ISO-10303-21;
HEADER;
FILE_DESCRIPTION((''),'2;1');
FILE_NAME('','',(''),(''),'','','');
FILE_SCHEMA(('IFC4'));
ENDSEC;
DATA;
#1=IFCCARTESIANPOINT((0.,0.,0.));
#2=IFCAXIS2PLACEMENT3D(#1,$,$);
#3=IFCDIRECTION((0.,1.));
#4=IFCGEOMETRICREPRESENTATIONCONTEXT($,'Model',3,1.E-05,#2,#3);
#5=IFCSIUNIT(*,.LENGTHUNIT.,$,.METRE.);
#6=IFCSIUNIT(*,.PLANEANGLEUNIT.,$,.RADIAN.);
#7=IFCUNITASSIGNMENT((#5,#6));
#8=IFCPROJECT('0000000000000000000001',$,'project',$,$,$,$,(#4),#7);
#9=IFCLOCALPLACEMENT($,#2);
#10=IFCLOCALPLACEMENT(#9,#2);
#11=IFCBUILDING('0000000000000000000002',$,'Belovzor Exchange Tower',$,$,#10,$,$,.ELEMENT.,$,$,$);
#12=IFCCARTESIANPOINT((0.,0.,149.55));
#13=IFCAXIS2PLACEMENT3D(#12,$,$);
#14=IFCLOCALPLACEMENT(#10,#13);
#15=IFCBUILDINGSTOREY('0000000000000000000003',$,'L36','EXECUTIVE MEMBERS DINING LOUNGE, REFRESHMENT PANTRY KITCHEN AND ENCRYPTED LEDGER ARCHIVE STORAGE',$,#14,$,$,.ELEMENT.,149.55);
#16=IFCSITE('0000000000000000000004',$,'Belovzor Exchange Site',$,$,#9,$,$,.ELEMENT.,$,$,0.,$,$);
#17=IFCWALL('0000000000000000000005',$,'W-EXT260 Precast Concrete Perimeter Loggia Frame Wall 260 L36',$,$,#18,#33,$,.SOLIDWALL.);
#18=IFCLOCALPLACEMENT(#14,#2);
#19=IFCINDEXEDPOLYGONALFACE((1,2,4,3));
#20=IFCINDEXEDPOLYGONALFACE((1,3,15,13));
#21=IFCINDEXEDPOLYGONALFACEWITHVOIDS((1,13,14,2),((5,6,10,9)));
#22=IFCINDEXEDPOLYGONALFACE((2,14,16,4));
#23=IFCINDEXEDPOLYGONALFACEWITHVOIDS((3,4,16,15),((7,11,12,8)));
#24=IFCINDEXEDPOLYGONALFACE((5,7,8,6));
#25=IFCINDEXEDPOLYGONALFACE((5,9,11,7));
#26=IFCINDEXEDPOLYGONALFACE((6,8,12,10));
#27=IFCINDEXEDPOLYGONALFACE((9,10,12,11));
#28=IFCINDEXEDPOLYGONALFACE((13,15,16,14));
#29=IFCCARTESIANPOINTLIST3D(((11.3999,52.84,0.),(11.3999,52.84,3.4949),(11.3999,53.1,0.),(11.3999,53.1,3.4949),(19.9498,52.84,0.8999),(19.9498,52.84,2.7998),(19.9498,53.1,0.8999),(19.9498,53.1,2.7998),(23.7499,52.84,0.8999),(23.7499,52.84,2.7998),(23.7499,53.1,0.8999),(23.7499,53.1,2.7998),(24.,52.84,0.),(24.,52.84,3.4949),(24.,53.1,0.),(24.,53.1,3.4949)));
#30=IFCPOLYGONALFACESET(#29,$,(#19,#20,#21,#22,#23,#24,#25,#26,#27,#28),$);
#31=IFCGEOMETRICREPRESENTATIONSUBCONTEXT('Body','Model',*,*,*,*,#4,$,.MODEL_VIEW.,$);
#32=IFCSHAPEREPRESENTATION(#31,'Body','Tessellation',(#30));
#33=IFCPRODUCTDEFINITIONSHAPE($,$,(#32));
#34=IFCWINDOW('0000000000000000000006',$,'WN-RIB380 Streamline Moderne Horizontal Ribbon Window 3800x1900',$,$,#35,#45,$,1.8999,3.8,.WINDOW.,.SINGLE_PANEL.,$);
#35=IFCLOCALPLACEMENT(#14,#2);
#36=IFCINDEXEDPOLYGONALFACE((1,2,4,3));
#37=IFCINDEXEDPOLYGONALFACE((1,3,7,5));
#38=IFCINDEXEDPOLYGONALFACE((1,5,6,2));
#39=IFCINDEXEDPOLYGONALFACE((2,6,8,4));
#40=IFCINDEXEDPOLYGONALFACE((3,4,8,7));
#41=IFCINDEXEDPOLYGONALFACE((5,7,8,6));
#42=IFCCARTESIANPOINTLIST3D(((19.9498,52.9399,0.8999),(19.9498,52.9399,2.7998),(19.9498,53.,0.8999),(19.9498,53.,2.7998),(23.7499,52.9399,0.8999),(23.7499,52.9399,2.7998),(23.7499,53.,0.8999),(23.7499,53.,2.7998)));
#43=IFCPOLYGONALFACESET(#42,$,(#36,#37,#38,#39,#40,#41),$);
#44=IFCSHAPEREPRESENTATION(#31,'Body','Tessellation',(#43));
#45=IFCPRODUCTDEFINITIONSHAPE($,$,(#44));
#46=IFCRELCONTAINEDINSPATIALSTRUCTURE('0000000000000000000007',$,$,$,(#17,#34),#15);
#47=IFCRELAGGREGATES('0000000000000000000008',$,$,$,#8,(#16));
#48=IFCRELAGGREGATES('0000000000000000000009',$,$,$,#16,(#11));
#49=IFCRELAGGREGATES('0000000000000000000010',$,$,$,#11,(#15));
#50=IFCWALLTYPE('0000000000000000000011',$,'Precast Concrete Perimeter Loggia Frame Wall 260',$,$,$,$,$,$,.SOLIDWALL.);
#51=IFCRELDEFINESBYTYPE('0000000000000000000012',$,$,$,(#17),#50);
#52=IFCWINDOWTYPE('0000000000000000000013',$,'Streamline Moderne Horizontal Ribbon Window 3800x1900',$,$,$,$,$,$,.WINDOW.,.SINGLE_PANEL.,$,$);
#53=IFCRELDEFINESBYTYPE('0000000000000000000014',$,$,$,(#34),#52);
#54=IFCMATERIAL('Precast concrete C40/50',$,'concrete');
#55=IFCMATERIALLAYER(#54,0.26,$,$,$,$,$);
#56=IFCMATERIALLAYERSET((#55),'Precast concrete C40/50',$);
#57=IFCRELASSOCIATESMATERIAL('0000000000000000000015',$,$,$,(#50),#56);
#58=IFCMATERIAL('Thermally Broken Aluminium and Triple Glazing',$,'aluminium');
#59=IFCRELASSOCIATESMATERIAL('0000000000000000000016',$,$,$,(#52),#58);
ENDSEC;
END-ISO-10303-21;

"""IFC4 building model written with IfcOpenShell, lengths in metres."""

from ifc_helpers import new_model, si_unit, direction, frame, frame_2d, origin, place, context, subcontext, project, spatial, rectangle, extrude, material, layer, layer_set, type_object, element, fill, save


model = new_model("IFC4")

# Units and contexts
model_context = context("Model", 3, precision=1e-05, world=origin(), true_north=direction((0.0, 1.0)))
body_context = subcontext(model_context, "Body", "Model", "MODEL_VIEW")
ifc_project = project(units=[si_unit("LENGTHUNIT", "METRE"), si_unit("PLANEANGLEUNIT", "RADIAN")], contexts=[model_context])

# Site, building, storey
site_placement = place(None, origin())
site = spatial("IfcSite", under=ifc_project, at=site_placement, Name="Belovzor Exchange Site", CompositionType="ELEMENT", RefElevation=0.0)
building_placement = place(site_placement, origin())
building = spatial("IfcBuilding", under=site, at=building_placement, Name="Belovzor Exchange Tower", CompositionType="ELEMENT")
storey_placement = place(building_placement, frame((0.0, 0.0, 149.55)))
storey = spatial("IfcBuildingStorey", under=building, at=storey_placement, Name="L36", Description="EXECUTIVE MEMBERS DINING LOUNGE, REFRESHMENT PANTRY KITCHEN AND ENCRYPTED LEDGER ARCHIVE STORAGE", CompositionType="ELEMENT", Elevation=149.55)

# Wall, opening, window
ifc_material_1 = material(Name="Precast concrete C40/50", Category="concrete")
ifc_layer_1 = layer(ifc_material_1, 0.26)
ifc_layer_set_1 = layer_set([ifc_layer_1], Name="Precast concrete C40/50")
wall_type_1 = type_object("IfcWallType", Name="Precast Concrete Perimeter Loggia Frame Wall 260", PredefinedType="SOLIDWALL", material=ifc_layer_set_1)
wall_1_placement = place(storey_placement, frame((11.3999, 52.97, 0.0), z_axis=(0.0, 0.0, 1.0), x_axis=(1.0, 0.0, 0.0)))
wall_1 = element("IfcWall", 1, at=wall_1_placement, inside=storey, type_object=wall_type_1, Name="W-EXT260 Precast Concrete Perimeter Loggia Frame Wall 260 L36", PredefinedType="SOLIDWALL", context=body_context, shape_type="SweptSolid", body=[
    extrude(rectangle(XDim=12.6001, YDim=0.26, at=frame_2d((6.3, 0.0))), origin(), (0.0, 0.0, 1.0), 3.4949),
])
opening_1_placement = place(wall_1_placement, frame((8.55, 0.0, 0.8999)))
opening_1 = element("IfcOpeningElement", 2, at=opening_1_placement, cuts=wall_1, PredefinedType="OPENING", context=body_context, shape_type="SweptSolid", body=[
    extrude(rectangle(XDim=3.8, YDim=1.8999, at=frame_2d((1.8999, 0.95))), frame((0.0, 0.1399, 0.0), z_axis=(0.0, -1.0, 0.0), x_axis=(1.0, 0.0, 0.0)), (0.0, 0.0, 1.0), 0.28),
])
ifc_material_2 = material(Name="Thermally Broken Aluminium and Triple Glazing", Category="aluminium")
window_type_1 = type_object("IfcWindowType", Name="Streamline Moderne Horizontal Ribbon Window 3800x1900", PartitioningType="SINGLE_PANEL", PredefinedType="WINDOW", material=ifc_material_2)
window_1_placement = place(opening_1_placement, origin())
window_1 = element("IfcWindow", 3, at=window_1_placement, inside=storey, type_object=window_type_1, Name="WN-RIB380 Streamline Moderne Horizontal Ribbon Window 3800x1900", OverallHeight=1.8999, OverallWidth=3.8, PartitioningType="SINGLE_PANEL", PredefinedType="WINDOW", context=body_context, shape_type="SweptSolid", body=[
    extrude(rectangle(XDim=3.8, YDim=1.8999, at=frame_2d((1.8999, 0.95))), frame((0.0, 0.03, 0.0), z_axis=(0.0, -1.0, 0.0), x_axis=(1.0, 0.0, 0.0)), (0.0, 0.0, 1.0), 0.0601),
])
fill(opening_1, window_1)

save(model, "model.ifc")
